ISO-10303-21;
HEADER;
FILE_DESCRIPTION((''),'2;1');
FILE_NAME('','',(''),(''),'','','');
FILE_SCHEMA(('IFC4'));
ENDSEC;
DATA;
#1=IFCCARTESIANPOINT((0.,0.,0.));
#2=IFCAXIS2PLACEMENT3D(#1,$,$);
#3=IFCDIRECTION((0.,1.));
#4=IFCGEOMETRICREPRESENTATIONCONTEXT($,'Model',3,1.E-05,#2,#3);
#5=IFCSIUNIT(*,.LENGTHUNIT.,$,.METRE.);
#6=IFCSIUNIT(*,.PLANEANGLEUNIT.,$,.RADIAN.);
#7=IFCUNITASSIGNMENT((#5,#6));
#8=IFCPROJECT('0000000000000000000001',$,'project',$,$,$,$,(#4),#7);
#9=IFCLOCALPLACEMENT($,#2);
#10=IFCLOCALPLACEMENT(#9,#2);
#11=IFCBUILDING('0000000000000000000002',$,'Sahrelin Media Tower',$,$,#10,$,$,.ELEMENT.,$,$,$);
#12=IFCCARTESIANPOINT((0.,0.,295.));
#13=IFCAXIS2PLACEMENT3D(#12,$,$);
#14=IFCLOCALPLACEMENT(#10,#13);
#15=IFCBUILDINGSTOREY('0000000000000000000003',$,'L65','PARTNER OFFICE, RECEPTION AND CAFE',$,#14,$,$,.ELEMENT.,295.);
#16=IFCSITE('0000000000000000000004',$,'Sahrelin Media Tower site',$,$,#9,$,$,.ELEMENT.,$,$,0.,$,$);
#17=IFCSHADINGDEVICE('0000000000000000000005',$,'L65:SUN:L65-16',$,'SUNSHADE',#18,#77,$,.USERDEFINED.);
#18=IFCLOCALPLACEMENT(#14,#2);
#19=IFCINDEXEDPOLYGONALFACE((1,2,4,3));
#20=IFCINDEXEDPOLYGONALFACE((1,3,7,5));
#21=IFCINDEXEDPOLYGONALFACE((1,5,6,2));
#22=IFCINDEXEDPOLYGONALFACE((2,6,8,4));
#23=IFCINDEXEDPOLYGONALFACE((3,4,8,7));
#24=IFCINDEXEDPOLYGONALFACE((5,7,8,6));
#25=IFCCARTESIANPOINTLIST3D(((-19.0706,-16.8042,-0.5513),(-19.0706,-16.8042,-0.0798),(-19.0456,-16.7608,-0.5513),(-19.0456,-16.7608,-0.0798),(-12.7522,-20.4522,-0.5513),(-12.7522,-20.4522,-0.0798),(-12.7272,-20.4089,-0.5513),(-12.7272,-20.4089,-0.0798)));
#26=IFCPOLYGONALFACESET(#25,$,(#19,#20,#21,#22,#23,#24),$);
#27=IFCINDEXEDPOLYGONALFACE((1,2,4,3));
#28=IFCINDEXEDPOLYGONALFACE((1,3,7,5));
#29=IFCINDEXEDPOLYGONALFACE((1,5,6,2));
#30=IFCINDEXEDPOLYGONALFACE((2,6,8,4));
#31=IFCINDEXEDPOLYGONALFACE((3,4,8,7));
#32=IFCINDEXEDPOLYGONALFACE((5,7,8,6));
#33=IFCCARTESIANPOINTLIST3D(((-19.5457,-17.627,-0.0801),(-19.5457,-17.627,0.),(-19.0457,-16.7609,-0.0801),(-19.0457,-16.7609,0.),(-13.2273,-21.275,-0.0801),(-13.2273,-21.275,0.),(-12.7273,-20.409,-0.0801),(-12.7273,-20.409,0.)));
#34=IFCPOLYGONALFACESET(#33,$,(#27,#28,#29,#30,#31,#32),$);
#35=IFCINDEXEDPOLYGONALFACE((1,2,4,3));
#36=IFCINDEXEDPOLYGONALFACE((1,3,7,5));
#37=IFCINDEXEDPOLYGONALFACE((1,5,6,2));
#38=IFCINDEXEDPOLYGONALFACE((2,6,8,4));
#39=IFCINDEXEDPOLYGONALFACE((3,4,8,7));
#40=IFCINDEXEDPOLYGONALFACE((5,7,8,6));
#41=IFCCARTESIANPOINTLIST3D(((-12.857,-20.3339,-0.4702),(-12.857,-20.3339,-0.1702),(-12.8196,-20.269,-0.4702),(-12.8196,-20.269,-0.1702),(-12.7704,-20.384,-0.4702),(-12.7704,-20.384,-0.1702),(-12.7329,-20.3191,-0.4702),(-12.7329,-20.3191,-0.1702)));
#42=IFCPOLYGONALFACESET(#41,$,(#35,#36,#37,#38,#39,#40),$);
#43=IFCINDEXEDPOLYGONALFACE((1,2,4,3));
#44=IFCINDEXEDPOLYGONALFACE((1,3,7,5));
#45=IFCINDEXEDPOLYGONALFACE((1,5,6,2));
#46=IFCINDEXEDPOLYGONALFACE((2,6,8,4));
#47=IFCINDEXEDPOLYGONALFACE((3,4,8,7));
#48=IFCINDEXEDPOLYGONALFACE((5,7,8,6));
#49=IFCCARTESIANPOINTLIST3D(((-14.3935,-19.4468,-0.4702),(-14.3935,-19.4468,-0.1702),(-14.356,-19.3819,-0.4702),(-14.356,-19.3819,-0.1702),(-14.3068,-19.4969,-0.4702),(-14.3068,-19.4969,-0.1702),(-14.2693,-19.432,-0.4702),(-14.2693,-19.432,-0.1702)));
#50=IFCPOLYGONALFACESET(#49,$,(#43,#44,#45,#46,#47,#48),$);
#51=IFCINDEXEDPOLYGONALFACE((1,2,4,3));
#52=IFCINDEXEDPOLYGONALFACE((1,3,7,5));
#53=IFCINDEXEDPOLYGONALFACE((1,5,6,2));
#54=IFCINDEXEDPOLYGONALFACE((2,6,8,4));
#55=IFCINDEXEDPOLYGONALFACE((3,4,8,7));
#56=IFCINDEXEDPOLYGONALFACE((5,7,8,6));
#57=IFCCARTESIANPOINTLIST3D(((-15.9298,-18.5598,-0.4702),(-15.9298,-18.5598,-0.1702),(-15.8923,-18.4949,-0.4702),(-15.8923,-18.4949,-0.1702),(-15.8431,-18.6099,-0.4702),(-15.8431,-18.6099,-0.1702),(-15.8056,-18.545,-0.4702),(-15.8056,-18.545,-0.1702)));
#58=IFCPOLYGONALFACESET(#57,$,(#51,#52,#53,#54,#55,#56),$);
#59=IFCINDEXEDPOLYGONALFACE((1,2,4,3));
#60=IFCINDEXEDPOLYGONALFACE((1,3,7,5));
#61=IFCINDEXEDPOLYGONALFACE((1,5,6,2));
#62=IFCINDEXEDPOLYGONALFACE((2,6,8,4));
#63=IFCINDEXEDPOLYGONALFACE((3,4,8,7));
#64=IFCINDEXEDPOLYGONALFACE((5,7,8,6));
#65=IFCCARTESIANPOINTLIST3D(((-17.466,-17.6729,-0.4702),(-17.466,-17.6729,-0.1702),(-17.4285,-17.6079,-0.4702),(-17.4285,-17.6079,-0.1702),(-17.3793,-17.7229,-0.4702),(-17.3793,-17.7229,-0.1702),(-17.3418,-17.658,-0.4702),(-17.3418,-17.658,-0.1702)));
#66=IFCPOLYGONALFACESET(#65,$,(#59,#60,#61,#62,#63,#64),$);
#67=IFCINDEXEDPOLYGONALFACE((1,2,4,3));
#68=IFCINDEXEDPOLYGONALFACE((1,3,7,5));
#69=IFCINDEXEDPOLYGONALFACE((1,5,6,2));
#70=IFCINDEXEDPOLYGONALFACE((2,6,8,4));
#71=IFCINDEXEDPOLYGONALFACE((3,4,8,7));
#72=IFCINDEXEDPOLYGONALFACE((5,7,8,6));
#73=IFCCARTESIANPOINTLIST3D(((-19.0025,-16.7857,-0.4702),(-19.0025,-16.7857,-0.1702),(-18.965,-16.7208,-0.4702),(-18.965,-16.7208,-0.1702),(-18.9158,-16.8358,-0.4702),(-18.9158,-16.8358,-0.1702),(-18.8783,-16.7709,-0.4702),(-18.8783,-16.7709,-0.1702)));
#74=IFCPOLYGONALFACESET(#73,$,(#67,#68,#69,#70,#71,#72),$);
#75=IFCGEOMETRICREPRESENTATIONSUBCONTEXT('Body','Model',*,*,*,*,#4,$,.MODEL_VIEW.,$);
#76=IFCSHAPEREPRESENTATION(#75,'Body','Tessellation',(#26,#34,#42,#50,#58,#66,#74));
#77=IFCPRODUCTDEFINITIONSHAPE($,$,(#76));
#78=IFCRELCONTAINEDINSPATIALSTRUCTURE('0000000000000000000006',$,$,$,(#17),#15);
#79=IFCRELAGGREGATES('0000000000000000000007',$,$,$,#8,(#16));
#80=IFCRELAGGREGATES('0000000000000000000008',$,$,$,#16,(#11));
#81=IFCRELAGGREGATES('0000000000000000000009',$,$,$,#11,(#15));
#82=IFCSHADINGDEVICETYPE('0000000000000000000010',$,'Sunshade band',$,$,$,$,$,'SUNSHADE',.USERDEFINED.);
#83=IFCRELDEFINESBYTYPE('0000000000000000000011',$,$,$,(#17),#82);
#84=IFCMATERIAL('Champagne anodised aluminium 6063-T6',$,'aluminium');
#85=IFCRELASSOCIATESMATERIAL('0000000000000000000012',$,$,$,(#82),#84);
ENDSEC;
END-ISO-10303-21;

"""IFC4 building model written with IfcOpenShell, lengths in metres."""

from ifc_helpers import new_model, si_unit, direction, frame, origin, origin_2d, place, context, subcontext, project, spatial, rectangle, extrude, material, type_object, element, save


model = new_model("IFC4")

# Units and contexts
model_context = context("Model", 3, precision=1e-05, world=origin(), true_north=direction((0.0, 1.0)))
body_context = subcontext(model_context, "Body", "Model", "MODEL_VIEW")
ifc_project = project(units=[si_unit("LENGTHUNIT", "METRE"), si_unit("PLANEANGLEUNIT", "RADIAN")], contexts=[model_context])

# Site, building, storey
site_placement = place(None, origin())
site = spatial("IfcSite", under=ifc_project, at=site_placement, Name="Sahrelin Media Tower site", CompositionType="ELEMENT", RefElevation=0.0)
building_placement = place(site_placement, origin())
building = spatial("IfcBuilding", under=site, at=building_placement, Name="Sahrelin Media Tower", CompositionType="ELEMENT")
storey_placement = place(building_placement, frame((0.0, 0.0, 295.0)))
storey = spatial("IfcBuildingStorey", under=building, at=storey_placement, Name="L65", Description="PARTNER OFFICE, RECEPTION AND CAFE", CompositionType="ELEMENT", Elevation=295.0)

# Shared definitions
ifc_material_1 = material(Name="Champagne anodised aluminium 6063-T6", Category="aluminium")

# Shading device
placement_1 = place(storey_placement, frame((-15.8765, -18.5676, 0.0), z_axis=(0.0, 0.0, 1.0), x_axis=(-0.866019, 0.500011, 0.0)))
shading_device_type_1 = type_object("IfcShadingDeviceType", Name="Sunshade band", ElementType="SUNSHADE", PredefinedType="USERDEFINED", material=ifc_material_1)
element("IfcShadingDevice", 1, at=placement_1, inside=storey, type_object=shading_device_type_1, Name="L65:SUN:L65-16", ObjectType="SUNSHADE", PredefinedType="USERDEFINED", context=body_context, shape_type="SweptSolid", body=[
    extrude(rectangle(XDim=7.2959, YDim=0.05, at=origin_2d()), frame((0.0, 0.0449, -0.5513)), (0.0, 0.0, 1.0), 0.4714),
    extrude(rectangle(XDim=7.2959, YDim=1.0, at=origin_2d()), frame((0.0, 0.52, -0.0801)), (0.0, 0.0, 1.0), 0.0801),
    extrude(rectangle(XDim=0.1001, YDim=0.075, at=origin_2d()), frame((-3.5481, -0.0176, -0.4702)), (0.0, 0.0, 1.0), 0.3),
    extrude(rectangle(XDim=0.1001, YDim=0.075, at=origin_2d()), frame((-1.7739, -0.0176, -0.4702)), (0.0, 0.0, 1.0), 0.3),
    extrude(rectangle(XDim=0.1001, YDim=0.075, at=origin_2d()), frame((0.0, -0.0176, -0.4702)), (0.0, 0.0, 1.0), 0.3),
    extrude(rectangle(XDim=0.1001, YDim=0.075, at=origin_2d()), frame((1.7739, -0.0176, -0.4702)), (0.0, 0.0, 1.0), 0.3),
    extrude(rectangle(XDim=0.1001, YDim=0.075, at=origin_2d()), frame((3.5481, -0.0176, -0.4702)), (0.0, 0.0, 1.0), 0.3),
])

save(model, "model.ifc")
